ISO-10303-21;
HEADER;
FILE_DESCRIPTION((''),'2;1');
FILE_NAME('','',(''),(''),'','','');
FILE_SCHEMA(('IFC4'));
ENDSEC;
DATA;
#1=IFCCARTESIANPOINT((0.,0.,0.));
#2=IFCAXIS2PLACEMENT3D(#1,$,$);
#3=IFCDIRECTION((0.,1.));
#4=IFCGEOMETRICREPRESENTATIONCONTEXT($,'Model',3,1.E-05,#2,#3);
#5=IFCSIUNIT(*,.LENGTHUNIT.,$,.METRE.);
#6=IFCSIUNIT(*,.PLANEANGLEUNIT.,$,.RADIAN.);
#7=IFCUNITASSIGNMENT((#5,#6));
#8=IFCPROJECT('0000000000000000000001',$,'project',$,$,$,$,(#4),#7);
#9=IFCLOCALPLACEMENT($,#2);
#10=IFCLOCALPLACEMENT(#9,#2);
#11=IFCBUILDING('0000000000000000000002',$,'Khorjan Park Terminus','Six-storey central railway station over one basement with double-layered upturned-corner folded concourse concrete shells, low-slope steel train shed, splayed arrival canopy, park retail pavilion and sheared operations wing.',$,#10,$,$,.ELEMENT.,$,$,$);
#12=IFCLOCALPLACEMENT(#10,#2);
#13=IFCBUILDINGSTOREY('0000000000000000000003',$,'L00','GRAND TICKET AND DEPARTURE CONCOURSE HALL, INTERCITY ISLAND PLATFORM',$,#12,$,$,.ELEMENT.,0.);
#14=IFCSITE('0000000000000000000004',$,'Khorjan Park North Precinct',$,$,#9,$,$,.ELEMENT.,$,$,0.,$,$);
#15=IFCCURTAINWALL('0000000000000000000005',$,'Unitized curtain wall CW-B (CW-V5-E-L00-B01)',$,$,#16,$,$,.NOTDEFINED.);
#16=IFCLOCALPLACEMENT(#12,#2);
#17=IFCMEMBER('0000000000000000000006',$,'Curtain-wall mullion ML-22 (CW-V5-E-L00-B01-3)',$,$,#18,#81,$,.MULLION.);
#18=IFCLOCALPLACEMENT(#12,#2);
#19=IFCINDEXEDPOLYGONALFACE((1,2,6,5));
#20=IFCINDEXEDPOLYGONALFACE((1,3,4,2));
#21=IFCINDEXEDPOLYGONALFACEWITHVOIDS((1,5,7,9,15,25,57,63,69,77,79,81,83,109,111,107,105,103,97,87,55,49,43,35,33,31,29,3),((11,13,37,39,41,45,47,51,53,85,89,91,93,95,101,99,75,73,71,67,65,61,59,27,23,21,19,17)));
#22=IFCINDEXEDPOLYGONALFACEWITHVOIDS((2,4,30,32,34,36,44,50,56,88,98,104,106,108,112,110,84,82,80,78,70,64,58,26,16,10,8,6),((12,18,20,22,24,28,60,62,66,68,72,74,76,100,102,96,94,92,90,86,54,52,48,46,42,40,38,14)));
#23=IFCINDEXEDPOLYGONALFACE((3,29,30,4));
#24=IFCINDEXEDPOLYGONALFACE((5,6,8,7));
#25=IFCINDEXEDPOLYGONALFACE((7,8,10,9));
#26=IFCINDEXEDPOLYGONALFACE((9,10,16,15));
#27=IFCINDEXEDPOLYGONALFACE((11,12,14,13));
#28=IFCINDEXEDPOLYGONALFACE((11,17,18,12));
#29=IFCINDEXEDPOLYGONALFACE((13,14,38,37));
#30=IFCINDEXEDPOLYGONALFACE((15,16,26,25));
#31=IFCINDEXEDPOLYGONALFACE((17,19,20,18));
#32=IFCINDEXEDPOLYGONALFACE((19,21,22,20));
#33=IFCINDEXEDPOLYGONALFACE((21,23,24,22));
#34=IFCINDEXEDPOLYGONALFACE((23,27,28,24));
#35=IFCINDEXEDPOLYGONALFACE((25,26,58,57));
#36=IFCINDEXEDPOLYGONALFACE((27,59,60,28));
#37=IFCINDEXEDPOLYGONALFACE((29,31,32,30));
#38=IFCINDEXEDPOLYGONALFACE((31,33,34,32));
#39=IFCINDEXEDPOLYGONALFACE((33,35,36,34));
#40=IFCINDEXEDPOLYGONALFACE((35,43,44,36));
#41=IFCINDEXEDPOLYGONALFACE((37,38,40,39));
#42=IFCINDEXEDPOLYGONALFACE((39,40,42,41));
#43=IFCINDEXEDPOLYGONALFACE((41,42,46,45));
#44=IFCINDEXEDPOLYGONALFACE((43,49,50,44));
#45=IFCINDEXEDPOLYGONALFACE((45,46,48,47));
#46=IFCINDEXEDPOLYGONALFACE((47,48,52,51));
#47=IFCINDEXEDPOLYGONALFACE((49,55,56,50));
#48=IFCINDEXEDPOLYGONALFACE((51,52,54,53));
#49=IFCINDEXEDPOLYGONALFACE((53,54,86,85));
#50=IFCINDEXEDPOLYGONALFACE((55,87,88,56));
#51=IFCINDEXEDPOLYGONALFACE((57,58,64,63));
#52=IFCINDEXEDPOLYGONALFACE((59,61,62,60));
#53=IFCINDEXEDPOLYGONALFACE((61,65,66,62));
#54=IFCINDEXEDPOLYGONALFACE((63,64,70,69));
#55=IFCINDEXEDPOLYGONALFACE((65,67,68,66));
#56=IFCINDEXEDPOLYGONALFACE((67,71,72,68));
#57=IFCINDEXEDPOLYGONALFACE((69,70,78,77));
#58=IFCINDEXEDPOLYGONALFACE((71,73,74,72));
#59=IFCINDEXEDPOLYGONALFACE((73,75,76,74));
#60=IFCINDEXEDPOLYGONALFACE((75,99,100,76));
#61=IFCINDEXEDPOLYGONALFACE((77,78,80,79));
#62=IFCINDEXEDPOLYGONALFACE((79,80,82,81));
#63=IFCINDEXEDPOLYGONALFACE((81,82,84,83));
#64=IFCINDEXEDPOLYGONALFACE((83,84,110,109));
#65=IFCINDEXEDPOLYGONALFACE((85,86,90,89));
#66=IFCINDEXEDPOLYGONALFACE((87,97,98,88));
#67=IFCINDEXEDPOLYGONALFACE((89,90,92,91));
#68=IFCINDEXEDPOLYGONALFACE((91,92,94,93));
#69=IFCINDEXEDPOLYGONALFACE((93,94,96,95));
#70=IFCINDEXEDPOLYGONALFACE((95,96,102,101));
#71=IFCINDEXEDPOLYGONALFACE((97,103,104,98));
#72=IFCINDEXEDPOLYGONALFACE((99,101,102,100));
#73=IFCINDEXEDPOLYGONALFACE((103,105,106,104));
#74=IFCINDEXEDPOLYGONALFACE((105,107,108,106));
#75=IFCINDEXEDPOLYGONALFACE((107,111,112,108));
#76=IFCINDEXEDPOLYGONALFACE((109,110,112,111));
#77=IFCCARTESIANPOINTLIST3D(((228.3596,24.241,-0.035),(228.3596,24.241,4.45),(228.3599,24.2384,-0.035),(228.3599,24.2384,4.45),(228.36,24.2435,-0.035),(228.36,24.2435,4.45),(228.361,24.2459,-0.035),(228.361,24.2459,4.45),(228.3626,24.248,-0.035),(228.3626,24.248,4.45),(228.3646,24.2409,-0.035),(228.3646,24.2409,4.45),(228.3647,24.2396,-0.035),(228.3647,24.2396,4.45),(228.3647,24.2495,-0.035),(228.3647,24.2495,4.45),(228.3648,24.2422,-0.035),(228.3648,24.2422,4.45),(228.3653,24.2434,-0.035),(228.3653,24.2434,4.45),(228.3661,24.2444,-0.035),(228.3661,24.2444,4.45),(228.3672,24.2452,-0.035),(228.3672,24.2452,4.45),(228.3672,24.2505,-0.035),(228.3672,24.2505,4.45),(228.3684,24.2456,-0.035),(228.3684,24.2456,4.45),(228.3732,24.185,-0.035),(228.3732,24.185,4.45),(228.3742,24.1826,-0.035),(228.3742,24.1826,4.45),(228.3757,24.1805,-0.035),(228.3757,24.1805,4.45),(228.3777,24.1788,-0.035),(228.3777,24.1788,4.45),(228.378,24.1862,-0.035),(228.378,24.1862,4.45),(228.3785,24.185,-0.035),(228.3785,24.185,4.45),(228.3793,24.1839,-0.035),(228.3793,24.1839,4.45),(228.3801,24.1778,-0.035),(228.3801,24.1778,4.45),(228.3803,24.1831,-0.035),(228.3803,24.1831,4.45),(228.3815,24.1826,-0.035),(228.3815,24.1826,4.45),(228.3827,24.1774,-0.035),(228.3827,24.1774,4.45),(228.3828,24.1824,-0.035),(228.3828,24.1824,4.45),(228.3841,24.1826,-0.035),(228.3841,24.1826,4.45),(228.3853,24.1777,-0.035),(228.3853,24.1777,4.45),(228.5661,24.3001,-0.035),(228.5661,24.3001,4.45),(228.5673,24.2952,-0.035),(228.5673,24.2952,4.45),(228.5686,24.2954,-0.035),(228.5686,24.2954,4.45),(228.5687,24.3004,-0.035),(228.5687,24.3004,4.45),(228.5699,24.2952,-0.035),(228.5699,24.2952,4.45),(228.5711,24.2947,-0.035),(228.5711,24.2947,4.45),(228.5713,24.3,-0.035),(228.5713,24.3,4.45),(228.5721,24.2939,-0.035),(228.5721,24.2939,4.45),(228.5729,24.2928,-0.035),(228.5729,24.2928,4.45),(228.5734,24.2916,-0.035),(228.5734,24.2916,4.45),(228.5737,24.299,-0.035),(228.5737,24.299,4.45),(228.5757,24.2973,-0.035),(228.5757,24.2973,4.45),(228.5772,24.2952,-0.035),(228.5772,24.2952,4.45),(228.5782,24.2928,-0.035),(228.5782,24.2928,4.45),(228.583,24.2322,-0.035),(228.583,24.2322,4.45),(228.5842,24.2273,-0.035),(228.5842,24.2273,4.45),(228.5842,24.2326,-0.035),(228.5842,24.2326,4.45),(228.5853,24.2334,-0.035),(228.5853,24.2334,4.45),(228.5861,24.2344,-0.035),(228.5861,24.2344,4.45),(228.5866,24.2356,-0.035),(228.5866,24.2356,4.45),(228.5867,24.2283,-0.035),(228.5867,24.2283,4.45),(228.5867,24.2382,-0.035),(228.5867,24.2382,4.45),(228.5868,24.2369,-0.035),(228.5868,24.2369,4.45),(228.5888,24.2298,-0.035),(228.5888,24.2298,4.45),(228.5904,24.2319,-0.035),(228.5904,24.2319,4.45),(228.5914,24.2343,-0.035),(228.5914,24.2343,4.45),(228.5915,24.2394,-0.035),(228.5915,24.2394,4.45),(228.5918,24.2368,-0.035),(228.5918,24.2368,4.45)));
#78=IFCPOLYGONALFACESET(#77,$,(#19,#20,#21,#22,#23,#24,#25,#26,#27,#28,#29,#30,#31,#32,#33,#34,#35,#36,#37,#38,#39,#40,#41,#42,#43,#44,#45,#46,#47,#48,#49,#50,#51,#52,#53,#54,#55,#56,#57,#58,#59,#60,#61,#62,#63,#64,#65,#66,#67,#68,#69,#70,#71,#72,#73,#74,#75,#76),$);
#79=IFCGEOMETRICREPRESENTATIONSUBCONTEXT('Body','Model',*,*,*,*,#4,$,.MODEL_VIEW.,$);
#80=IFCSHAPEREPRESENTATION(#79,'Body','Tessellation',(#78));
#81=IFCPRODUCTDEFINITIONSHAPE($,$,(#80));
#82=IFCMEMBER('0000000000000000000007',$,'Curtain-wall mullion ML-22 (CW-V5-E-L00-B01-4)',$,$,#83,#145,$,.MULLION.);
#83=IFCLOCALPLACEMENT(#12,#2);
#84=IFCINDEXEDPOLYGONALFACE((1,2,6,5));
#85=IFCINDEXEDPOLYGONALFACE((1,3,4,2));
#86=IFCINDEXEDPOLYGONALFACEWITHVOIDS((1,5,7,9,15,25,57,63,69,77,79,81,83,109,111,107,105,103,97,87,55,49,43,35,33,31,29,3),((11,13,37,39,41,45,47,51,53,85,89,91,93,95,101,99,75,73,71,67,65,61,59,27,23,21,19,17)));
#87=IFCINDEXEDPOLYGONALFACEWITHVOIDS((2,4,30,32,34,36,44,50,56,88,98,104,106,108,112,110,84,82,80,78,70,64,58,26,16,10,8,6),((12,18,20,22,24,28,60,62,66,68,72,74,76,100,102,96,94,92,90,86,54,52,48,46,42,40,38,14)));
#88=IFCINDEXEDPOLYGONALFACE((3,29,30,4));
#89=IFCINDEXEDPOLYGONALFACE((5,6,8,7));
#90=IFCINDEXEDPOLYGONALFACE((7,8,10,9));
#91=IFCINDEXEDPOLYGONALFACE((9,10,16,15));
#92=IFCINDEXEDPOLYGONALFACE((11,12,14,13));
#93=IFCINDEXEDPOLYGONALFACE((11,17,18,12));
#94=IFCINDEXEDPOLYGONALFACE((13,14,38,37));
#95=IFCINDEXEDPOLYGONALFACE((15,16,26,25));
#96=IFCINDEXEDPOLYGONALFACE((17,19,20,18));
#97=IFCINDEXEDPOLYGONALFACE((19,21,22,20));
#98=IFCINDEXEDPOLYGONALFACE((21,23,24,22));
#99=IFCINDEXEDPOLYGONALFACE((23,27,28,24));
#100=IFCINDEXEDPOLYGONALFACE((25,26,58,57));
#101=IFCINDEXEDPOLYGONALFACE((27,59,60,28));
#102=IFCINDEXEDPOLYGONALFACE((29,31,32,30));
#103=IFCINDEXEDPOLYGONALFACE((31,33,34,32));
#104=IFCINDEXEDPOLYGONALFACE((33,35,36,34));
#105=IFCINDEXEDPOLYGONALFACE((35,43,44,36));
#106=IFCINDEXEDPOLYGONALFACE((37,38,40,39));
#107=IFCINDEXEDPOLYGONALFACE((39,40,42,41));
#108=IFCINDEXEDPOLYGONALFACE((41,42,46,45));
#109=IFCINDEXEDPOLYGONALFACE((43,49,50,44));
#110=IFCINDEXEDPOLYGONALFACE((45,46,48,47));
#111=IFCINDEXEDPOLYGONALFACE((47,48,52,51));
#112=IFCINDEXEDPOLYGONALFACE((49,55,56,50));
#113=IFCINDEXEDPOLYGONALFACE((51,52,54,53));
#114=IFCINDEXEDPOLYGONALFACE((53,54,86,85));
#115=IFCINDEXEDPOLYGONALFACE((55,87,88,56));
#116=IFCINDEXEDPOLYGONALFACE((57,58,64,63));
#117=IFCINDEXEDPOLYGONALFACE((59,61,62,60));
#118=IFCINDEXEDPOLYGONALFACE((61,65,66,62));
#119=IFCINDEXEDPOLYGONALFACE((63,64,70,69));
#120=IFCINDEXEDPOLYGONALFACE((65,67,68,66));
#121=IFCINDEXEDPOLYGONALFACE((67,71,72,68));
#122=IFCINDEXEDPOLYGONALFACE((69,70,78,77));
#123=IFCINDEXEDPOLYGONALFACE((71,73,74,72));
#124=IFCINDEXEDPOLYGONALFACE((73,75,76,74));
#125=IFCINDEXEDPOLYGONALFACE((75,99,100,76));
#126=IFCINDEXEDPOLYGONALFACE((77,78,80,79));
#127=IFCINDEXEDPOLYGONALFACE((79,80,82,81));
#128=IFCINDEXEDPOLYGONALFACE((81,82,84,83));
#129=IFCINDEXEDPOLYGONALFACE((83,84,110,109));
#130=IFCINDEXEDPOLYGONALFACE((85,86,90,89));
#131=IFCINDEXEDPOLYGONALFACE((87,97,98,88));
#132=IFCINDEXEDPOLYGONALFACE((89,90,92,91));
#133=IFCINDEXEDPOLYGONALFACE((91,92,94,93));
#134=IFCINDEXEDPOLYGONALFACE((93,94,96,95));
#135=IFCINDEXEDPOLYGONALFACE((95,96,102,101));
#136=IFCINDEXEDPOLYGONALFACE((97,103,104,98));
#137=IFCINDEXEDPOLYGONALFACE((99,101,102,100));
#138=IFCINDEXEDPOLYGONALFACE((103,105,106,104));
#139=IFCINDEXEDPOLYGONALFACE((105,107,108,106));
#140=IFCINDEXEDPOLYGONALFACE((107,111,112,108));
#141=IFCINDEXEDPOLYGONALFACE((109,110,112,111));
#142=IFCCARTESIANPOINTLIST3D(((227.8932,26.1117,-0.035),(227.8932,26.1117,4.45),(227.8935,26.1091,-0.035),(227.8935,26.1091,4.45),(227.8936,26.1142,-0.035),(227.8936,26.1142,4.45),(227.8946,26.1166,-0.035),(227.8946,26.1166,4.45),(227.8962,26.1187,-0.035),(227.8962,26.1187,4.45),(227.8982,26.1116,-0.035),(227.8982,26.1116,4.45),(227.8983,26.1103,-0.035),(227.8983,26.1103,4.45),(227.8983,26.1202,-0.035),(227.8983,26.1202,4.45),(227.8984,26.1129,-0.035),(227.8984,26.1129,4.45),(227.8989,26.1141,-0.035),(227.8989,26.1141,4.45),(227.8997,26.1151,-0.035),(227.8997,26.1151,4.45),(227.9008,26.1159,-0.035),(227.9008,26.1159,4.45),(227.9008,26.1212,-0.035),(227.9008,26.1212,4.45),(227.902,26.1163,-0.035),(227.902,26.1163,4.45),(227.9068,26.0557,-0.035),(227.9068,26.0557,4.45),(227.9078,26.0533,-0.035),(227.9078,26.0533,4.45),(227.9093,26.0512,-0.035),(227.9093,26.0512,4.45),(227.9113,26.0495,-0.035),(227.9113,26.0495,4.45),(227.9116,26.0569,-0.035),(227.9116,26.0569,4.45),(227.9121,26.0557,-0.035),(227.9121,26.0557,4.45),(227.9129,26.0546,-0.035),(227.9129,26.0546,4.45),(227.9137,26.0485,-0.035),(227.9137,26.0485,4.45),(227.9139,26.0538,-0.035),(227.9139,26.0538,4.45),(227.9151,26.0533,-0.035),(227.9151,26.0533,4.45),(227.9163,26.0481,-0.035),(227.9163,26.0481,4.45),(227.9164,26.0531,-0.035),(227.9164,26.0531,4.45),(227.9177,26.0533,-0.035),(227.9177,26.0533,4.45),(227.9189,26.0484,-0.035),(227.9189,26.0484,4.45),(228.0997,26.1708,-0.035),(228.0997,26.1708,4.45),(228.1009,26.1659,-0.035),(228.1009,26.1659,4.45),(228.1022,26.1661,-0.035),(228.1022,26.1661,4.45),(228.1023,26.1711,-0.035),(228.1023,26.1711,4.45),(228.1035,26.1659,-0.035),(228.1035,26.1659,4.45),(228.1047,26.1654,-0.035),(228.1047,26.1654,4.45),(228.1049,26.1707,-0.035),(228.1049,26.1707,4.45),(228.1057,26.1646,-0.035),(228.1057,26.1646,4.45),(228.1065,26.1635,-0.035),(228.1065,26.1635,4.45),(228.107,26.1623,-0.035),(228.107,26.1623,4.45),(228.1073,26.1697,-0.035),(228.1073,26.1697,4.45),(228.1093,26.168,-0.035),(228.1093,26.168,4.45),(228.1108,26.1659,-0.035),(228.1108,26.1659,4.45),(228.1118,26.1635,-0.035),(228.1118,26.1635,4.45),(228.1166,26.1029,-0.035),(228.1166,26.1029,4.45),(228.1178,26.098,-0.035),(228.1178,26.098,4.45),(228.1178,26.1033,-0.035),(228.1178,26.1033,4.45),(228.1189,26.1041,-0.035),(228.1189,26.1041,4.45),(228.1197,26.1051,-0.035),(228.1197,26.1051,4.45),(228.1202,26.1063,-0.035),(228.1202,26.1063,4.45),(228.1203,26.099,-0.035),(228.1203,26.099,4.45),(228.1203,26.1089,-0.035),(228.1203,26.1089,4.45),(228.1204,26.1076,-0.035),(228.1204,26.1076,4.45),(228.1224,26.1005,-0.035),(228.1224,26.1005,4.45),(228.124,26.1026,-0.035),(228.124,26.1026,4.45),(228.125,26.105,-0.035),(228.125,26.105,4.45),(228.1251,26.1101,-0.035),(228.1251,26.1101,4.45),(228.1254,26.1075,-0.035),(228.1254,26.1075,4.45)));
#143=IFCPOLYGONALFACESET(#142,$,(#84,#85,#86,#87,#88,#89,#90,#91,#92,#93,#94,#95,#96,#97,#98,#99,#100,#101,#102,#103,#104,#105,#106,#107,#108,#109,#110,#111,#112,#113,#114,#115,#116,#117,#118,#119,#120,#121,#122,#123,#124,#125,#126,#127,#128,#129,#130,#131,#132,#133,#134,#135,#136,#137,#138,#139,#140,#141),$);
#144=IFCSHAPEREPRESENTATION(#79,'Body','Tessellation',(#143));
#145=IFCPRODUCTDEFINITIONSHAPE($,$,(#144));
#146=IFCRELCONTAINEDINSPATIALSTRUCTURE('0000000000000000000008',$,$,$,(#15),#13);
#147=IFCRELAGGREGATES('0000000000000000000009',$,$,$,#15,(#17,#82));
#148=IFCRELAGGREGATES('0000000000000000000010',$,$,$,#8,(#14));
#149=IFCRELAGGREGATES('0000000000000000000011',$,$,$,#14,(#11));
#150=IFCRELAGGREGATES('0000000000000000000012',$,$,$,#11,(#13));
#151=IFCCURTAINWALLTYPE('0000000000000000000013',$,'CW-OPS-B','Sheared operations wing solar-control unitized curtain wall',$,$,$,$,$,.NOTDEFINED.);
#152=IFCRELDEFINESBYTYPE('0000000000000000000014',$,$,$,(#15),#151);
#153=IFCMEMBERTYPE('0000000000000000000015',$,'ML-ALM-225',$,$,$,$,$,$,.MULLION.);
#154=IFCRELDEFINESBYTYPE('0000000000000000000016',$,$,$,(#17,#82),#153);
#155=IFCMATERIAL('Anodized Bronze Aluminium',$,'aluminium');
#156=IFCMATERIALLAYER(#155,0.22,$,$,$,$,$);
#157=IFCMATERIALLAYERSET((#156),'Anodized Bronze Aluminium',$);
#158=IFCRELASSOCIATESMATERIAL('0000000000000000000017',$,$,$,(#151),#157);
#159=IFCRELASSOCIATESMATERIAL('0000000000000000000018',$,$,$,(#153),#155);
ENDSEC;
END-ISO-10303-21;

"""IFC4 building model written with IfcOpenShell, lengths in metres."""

from ifc_helpers import new_model, si_unit, direction, frame, origin, origin_2d, place, context, subcontext, project, spatial, hollow_rectangle, extrude, material, layer, layer_set, material_profile, profile_set, type_object, element, aggregate, save


model = new_model("IFC4")

# Units and contexts
model_context = context("Model", 3, precision=1e-05, world=origin(), true_north=direction((0.0, 1.0)))
body_context = subcontext(model_context, "Body", "Model", "MODEL_VIEW")
ifc_project = project(units=[si_unit("LENGTHUNIT", "METRE"), si_unit("PLANEANGLEUNIT", "RADIAN")], contexts=[model_context])

# Site, building, storey
site_placement = place(None, origin())
site = spatial("IfcSite", under=ifc_project, at=site_placement, Name="Khorjan Park North Precinct", CompositionType="ELEMENT", RefElevation=0.0)
building_placement = place(site_placement, origin())
building = spatial("IfcBuilding", under=site, at=building_placement, Name="Khorjan Park Terminus", Description="Six-storey central railway station over one basement with double-layered upturned-corner folded concourse concrete shells, low-slope steel train shed, splayed arrival canopy, park retail pavilion and sheared operations wing.", CompositionType="ELEMENT")
storey_placement = place(building_placement, origin())
storey = spatial("IfcBuildingStorey", under=building, at=storey_placement, Name="L00", Description="GRAND TICKET AND DEPARTURE CONCOURSE HALL, INTERCITY ISLAND PLATFORM", CompositionType="ELEMENT", Elevation=0.0)

# Curtain wall, members
ifc_material_1 = material(Name="Anodized Bronze Aluminium", Category="aluminium")
ifc_layer_1 = layer(ifc_material_1, 0.22)
ifc_layer_set_1 = layer_set([ifc_layer_1], Name="Anodized Bronze Aluminium")
curtain_wall_type = type_object("IfcCurtainWallType", Name="CW-OPS-B", Description="Sheared operations wing solar-control unitized curtain wall", PredefinedType="NOTDEFINED", material=ifc_layer_set_1)
curtain_wall_placement = place(storey_placement, origin())
curtain_wall = element("IfcCurtainWall", 1, at=curtain_wall_placement, inside=storey, type_object=curtain_wall_type, Name="Unitized curtain wall CW-B (CW-V5-E-L00-B01)", PredefinedType="NOTDEFINED")
ifc_material_profile_1 = material_profile(ifc_material_1, hollow_rectangle(XDim=0.075, YDim=0.225, WallThickness=0.005, InnerFilletRadius=0.005, OuterFilletRadius=0.01, at=origin_2d()), Name="ALM 75x225x5")
ifc_profile_set_1 = profile_set([ifc_material_profile_1], Name="Anodized Bronze Aluminium")
member_type_1 = type_object("IfcMemberType", Name="ML-ALM-225", PredefinedType="MULLION", material=ifc_profile_set_1)
member_1_placement = place(storey_placement, frame((228.4757, 24.2389, -0.035), z_axis=(0.0, 0.0, 1.0), x_axis=(-0.24192, 0.970296, 0.0)))
member_1 = element("IfcMember", 2, at=member_1_placement, type_object=member_type_1, Name="Curtain-wall mullion ML-22 (CW-V5-E-L00-B01-3)", PredefinedType="MULLION", context=body_context, shape_type="SweptSolid", body=[
    extrude(hollow_rectangle(XDim=0.075, YDim=0.225, WallThickness=0.005, InnerFilletRadius=0.005, OuterFilletRadius=0.01, at=origin_2d()), origin(), (0.0, 0.0, 1.0), 4.485),
])
member_2_placement = place(storey_placement, frame((228.0093, 26.1096, -0.035), z_axis=(0.0, 0.0, 1.0), x_axis=(-0.24192, 0.970296, 0.0)))
member_2 = element("IfcMember", 3, at=member_2_placement, type_object=member_type_1, Name="Curtain-wall mullion ML-22 (CW-V5-E-L00-B01-4)", PredefinedType="MULLION", context=body_context, shape_type="SweptSolid", body=[
    extrude(hollow_rectangle(XDim=0.075, YDim=0.225, WallThickness=0.005, InnerFilletRadius=0.005, OuterFilletRadius=0.01, at=origin_2d()), origin(), (0.0, 0.0, 1.0), 4.485),
])
aggregate(curtain_wall, [member_1, member_2])

save(model, "model.ifc")
